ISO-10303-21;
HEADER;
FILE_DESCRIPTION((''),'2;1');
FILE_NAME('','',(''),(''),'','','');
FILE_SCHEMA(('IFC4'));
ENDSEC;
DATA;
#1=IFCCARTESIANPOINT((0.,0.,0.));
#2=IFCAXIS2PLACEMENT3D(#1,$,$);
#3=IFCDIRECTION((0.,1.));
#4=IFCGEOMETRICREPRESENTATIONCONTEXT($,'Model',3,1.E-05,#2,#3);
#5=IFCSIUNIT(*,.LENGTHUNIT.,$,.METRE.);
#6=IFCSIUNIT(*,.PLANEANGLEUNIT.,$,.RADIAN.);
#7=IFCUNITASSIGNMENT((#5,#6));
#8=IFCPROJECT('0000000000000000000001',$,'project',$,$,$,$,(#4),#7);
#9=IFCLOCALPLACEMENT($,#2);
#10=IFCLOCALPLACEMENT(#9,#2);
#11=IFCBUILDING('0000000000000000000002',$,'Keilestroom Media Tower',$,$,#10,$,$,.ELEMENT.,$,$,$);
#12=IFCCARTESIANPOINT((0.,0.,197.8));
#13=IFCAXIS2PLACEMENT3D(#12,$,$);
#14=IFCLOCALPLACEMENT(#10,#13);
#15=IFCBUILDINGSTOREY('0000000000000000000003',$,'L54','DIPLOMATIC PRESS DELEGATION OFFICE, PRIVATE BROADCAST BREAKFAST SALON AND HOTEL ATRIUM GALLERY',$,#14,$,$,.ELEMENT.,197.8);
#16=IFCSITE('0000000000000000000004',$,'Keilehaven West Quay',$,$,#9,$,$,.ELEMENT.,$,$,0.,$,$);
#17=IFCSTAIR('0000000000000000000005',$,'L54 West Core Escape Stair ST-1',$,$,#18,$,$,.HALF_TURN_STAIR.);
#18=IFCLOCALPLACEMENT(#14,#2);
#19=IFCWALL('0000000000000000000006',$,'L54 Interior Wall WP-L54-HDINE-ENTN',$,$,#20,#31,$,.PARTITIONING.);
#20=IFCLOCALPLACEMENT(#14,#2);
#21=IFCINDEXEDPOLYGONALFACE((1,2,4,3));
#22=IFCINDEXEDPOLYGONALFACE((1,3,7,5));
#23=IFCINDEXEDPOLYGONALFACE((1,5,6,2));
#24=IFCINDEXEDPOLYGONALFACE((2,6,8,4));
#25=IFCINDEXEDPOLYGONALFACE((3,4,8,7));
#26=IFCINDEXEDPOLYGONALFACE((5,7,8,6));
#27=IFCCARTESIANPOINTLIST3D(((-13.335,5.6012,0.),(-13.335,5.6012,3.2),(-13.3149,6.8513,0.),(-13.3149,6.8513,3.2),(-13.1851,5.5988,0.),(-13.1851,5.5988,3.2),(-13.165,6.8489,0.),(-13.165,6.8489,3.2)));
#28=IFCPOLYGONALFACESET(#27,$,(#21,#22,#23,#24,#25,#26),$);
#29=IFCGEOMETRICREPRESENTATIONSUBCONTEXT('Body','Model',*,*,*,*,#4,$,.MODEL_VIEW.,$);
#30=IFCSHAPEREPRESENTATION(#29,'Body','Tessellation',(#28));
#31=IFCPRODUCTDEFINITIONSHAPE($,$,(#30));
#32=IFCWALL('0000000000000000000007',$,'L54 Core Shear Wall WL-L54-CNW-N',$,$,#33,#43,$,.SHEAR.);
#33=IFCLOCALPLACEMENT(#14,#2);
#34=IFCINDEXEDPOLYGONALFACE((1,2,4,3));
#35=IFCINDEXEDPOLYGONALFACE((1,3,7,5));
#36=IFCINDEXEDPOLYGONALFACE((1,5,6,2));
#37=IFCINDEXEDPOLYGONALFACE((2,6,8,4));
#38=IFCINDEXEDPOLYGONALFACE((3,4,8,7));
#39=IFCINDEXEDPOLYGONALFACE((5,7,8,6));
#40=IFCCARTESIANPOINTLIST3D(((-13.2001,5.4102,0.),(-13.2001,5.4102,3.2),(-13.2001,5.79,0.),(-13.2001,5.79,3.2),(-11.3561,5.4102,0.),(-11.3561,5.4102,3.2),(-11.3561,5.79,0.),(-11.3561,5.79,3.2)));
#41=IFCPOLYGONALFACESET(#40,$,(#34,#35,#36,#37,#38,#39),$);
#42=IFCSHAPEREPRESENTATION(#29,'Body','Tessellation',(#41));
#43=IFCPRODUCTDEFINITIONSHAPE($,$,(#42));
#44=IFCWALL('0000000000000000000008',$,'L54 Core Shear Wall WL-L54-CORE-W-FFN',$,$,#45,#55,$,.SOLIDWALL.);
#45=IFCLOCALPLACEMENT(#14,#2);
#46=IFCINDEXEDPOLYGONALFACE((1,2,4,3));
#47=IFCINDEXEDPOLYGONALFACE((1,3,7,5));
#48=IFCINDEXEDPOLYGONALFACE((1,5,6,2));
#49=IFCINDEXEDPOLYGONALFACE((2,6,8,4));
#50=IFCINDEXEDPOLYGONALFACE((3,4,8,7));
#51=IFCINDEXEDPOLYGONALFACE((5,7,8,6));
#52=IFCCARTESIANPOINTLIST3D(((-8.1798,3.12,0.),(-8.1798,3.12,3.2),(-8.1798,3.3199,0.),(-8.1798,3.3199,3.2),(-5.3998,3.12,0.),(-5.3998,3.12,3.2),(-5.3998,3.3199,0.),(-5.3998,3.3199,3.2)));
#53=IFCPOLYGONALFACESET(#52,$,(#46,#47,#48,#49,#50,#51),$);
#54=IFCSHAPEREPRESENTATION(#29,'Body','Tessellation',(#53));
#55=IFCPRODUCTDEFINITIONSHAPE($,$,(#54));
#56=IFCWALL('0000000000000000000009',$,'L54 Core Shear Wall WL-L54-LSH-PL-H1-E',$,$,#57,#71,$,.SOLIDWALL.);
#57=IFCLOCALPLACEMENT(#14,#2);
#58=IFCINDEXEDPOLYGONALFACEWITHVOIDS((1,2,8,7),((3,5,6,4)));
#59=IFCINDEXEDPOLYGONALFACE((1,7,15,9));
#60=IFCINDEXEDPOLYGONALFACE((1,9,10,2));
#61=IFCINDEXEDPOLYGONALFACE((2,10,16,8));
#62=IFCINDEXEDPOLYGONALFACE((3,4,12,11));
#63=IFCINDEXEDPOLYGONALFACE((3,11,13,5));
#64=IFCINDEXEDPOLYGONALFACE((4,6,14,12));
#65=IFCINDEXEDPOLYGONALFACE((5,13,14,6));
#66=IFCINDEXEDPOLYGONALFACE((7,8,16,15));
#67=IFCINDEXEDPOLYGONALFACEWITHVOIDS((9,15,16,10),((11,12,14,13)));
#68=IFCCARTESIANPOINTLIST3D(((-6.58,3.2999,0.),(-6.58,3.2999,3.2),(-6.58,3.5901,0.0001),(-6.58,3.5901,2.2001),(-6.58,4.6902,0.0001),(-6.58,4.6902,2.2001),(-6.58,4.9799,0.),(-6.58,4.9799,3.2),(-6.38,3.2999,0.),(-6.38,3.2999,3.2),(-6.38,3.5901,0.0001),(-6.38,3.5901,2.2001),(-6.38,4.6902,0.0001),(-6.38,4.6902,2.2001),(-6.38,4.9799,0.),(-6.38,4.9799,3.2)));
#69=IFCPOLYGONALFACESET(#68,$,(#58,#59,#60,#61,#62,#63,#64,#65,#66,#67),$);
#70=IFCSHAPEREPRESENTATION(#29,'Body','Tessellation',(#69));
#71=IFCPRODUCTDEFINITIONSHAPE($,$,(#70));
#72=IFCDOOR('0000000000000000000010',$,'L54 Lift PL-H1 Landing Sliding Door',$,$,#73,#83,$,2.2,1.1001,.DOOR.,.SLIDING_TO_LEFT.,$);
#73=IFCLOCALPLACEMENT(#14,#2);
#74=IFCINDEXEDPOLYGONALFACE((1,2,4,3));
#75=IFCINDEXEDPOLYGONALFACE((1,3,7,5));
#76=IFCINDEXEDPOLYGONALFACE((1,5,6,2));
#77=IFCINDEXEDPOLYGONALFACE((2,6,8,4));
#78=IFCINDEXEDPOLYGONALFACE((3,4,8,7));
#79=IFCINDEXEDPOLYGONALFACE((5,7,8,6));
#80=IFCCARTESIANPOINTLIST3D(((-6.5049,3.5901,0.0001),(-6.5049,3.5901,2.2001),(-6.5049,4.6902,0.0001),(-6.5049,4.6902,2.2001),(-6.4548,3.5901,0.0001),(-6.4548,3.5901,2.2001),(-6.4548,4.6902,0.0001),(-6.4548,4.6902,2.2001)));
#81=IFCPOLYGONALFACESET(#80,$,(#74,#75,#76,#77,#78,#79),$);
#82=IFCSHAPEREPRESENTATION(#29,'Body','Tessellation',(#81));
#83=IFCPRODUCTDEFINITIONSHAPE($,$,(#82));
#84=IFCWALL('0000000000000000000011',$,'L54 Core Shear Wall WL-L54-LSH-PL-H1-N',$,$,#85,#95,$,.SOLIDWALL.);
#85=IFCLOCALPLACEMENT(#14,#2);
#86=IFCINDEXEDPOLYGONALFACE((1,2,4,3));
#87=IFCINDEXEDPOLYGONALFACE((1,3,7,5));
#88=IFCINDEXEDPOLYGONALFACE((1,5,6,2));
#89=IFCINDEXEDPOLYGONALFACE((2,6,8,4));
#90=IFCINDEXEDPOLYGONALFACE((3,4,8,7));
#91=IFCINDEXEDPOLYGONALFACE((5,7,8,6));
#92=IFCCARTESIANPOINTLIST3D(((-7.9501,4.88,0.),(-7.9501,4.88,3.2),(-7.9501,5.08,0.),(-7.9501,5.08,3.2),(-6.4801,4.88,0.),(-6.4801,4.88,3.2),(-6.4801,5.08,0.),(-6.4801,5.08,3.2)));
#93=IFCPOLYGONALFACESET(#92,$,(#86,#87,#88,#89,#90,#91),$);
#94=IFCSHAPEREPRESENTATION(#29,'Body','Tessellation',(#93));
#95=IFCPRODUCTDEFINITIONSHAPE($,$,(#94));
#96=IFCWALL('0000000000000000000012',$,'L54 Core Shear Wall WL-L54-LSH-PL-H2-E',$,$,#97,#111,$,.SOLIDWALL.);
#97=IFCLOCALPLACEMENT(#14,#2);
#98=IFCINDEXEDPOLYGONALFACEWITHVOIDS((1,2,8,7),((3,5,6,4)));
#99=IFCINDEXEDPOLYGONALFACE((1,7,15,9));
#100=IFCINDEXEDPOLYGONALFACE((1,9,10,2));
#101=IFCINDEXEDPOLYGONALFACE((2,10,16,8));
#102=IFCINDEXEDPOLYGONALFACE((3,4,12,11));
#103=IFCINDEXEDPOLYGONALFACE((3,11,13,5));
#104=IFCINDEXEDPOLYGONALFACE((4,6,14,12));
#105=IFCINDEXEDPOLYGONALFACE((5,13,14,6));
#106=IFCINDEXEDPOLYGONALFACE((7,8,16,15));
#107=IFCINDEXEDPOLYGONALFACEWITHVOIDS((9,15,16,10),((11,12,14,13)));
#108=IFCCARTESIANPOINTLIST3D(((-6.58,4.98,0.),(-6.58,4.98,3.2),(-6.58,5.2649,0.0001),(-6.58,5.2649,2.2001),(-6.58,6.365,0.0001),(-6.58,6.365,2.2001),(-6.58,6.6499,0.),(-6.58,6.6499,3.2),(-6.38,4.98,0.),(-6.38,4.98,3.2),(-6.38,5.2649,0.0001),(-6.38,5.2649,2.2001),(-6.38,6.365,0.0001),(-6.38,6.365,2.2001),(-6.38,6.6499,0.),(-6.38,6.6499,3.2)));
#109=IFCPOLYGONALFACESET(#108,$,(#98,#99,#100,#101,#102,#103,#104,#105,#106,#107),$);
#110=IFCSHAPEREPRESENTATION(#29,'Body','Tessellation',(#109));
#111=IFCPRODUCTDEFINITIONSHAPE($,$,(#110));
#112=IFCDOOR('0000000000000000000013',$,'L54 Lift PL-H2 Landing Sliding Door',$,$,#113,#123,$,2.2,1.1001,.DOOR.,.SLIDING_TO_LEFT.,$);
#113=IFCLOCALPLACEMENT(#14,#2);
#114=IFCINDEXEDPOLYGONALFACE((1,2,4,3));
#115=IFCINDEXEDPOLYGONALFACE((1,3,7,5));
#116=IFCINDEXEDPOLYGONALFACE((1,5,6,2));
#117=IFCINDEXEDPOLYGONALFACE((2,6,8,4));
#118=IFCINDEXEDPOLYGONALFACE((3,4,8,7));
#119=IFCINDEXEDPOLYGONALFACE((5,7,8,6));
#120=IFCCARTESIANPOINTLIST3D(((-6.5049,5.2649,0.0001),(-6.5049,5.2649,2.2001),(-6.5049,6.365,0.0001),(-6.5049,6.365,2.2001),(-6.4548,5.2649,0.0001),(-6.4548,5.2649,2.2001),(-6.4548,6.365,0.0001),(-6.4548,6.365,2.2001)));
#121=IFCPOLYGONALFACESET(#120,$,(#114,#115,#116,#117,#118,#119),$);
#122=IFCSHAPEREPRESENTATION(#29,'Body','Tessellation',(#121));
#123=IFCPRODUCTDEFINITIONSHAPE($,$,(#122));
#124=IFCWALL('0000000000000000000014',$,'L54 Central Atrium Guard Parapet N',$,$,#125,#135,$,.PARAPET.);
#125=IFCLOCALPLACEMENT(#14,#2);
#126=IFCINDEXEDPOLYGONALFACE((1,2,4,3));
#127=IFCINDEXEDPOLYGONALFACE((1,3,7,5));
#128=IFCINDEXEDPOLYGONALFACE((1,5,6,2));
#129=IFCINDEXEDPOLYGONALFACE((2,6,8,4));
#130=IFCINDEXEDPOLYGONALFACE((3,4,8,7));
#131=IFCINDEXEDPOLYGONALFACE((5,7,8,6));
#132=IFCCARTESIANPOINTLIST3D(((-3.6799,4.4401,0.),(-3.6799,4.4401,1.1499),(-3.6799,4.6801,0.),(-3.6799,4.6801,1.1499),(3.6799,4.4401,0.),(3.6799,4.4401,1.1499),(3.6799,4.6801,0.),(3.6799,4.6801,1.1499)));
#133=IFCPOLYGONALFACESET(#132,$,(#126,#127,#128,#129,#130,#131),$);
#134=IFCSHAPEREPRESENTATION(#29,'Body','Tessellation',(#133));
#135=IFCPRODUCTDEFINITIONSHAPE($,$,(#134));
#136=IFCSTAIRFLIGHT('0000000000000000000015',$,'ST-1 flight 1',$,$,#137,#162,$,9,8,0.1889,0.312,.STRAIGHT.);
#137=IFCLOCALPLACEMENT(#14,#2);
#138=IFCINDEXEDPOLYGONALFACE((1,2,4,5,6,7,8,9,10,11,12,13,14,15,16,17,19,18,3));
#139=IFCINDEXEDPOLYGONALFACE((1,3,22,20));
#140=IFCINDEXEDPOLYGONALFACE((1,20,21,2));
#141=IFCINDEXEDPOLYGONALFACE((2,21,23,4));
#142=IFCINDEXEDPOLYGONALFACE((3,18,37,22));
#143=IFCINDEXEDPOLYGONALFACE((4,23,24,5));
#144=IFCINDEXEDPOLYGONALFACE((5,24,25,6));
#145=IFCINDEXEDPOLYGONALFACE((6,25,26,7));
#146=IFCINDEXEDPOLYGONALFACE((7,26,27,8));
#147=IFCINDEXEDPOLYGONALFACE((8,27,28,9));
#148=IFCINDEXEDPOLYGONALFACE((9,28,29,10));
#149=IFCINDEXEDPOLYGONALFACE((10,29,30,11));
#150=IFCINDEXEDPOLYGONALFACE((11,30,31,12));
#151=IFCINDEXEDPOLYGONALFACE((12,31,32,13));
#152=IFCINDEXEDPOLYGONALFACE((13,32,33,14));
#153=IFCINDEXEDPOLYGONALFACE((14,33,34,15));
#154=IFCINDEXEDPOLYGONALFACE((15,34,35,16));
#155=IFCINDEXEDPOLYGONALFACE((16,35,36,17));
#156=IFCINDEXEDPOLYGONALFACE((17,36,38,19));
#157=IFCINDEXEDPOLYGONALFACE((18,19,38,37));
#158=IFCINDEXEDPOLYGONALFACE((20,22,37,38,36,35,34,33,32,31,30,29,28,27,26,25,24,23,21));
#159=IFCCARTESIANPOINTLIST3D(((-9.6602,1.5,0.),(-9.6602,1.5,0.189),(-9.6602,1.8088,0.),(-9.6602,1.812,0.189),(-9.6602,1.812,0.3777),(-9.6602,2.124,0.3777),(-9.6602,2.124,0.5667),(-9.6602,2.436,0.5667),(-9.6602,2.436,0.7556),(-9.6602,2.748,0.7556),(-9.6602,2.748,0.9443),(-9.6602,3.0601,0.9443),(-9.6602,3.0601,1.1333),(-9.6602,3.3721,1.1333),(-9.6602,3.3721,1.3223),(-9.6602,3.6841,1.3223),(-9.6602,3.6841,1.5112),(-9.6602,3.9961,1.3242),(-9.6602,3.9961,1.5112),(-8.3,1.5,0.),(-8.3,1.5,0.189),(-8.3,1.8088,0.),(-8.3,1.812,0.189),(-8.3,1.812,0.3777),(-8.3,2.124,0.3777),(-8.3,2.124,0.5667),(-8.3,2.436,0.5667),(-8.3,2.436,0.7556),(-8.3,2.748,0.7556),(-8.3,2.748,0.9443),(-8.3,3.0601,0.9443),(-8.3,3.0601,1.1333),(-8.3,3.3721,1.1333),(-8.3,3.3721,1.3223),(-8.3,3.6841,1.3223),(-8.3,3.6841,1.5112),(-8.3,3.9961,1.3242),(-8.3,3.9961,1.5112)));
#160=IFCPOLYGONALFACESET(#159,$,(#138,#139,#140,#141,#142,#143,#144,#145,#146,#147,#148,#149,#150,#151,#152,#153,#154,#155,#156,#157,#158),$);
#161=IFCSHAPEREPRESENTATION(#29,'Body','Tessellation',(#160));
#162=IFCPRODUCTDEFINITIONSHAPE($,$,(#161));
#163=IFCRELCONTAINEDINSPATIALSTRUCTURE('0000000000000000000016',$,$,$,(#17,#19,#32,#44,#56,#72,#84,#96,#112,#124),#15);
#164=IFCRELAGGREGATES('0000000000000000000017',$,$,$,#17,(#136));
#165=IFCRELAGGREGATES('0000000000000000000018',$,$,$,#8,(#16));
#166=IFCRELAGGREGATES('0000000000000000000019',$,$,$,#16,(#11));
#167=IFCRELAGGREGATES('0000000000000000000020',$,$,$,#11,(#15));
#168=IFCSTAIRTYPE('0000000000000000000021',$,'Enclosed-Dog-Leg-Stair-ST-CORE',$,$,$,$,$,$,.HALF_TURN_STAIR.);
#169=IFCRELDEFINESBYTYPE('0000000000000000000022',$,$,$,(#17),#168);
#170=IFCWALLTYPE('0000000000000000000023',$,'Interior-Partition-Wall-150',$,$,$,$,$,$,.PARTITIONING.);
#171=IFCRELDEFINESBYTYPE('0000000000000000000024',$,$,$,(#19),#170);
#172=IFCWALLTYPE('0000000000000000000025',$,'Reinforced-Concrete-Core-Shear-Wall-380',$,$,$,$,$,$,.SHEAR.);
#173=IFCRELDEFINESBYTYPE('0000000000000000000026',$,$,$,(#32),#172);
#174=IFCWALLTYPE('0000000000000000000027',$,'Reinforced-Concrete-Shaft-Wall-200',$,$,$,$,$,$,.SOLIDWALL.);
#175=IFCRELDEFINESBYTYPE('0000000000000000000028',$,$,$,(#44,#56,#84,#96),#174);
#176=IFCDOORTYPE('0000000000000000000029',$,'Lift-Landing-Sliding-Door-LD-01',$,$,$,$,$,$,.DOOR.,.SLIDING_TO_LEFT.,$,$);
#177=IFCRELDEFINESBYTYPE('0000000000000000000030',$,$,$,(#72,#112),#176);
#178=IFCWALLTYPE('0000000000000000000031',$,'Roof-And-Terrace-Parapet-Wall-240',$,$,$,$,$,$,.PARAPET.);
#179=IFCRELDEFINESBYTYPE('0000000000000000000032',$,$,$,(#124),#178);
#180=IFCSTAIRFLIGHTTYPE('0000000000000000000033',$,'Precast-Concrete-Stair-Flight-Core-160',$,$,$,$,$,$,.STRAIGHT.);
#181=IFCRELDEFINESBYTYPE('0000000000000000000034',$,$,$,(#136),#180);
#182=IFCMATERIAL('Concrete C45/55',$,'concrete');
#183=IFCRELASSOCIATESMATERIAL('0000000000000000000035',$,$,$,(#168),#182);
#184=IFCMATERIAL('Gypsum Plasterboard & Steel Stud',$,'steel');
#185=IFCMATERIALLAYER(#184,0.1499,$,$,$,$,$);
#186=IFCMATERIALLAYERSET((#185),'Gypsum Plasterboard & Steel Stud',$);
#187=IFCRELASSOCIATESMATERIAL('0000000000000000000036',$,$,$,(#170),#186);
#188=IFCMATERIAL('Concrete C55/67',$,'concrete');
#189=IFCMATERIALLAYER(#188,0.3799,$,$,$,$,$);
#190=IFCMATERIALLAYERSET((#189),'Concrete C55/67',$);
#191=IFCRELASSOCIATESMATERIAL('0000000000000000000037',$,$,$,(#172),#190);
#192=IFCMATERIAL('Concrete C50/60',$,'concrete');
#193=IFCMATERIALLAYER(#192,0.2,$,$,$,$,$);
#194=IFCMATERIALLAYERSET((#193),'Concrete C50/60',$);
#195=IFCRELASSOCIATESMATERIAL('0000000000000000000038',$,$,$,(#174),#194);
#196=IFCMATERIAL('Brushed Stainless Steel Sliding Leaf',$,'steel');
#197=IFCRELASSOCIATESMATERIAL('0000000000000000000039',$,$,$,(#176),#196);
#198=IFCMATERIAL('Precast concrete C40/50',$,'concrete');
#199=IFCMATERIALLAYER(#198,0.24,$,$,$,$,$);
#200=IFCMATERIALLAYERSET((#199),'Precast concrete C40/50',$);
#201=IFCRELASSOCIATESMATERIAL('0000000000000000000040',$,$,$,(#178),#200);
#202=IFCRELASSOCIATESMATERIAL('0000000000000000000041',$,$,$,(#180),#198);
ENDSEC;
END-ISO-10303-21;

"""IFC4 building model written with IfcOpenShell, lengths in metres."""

from ifc_helpers import new_model, si_unit, direction, frame, frame_2d, origin, place, context, subcontext, project, spatial, polyline, rectangle, outline, extrude, source, transform, mapped, material, layer, layer_set, type_object, element, fill, aggregate, save


model = new_model("IFC4")

# Units and contexts
model_context = context("Model", 3, precision=1e-05, world=origin(), true_north=direction((0.0, 1.0)))
body_context = subcontext(model_context, "Body", "Model", "MODEL_VIEW")
ifc_project = project(units=[si_unit("LENGTHUNIT", "METRE"), si_unit("PLANEANGLEUNIT", "RADIAN")], contexts=[model_context])

# Site, building, storey
site_placement = place(None, origin())
site = spatial("IfcSite", under=ifc_project, at=site_placement, Name="Keilehaven West Quay", CompositionType="ELEMENT", RefElevation=0.0)
building_placement = place(site_placement, origin())
building = spatial("IfcBuilding", under=site, at=building_placement, Name="Keilestroom Media Tower", CompositionType="ELEMENT")
storey_placement = place(building_placement, frame((0.0, 0.0, 197.8)))
storey = spatial("IfcBuildingStorey", under=building, at=storey_placement, Name="L54", Description="DIPLOMATIC PRESS DELEGATION OFFICE, PRIVATE BROADCAST BREAKFAST SALON AND HOTEL ATRIUM GALLERY", CompositionType="ELEMENT", Elevation=197.8)

# Shared definitions
ifc_material_1 = material(Name="Concrete C50/60", Category="concrete")

# Stair
ifc_material_2 = material(Name="Concrete C45/55", Category="concrete")
stair_type = type_object("IfcStairType", Name="Enclosed-Dog-Leg-Stair-ST-CORE", PredefinedType="HALF_TURN_STAIR", material=ifc_material_2)
stair_1_placement = place(storey_placement, origin())
stair_1 = element("IfcStair", 1, at=stair_1_placement, inside=storey, type_object=stair_type, Name="L54 West Core Escape Stair ST-1", PredefinedType="HALF_TURN_STAIR")

# Walls
ifc_material_3 = material(Name="Gypsum Plasterboard & Steel Stud", Category="steel")
ifc_layer_1 = layer(ifc_material_3, 0.1499)
ifc_layer_set_1 = layer_set([ifc_layer_1], Name="Gypsum Plasterboard & Steel Stud")
wall_type_1 = type_object("IfcWallType", Name="Interior-Partition-Wall-150", PredefinedType="PARTITIONING", material=ifc_layer_set_1)
wall_1_placement = place(storey_placement, frame((-13.26, 5.6001, 0.0), z_axis=(0.0, 0.0, 1.0), x_axis=(0.016014, 0.999872, 0.0)))
element("IfcWall", 2, at=wall_1_placement, inside=storey, type_object=wall_type_1, Name="L54 Interior Wall WP-L54-HDINE-ENTN", PredefinedType="PARTITIONING", context=body_context, shape_type="SweptSolid", body=[
    extrude(rectangle(XDim=1.2502, YDim=0.1499, at=frame_2d((0.625, 0.0))), origin(), (0.0, 0.0, 1.0), 3.2),
])
ifc_material_4 = material(Name="Concrete C55/67", Category="concrete")
ifc_layer_2 = layer(ifc_material_4, 0.3799)
ifc_layer_set_2 = layer_set([ifc_layer_2], Name="Concrete C55/67")
wall_type_2 = type_object("IfcWallType", Name="Reinforced-Concrete-Core-Shear-Wall-380", PredefinedType="SHEAR", material=ifc_layer_set_2)
wall_2_placement = place(storey_placement, frame((-13.2, 5.6001, 0.0), z_axis=(0.0, 0.0, 1.0), x_axis=(1.0, 0.0, 0.0)))
element("IfcWall", 3, at=wall_2_placement, inside=storey, type_object=wall_type_2, Name="L54 Core Shear Wall WL-L54-CNW-N", PredefinedType="SHEAR", context=body_context, shape_type="SweptSolid", body=[
    extrude(rectangle(XDim=1.844, YDim=0.3799, at=frame_2d((0.9219, 0.0))), origin(), (0.0, 0.0, 1.0), 3.2),
])
ifc_layer_3 = layer(ifc_material_1, 0.2)
ifc_layer_set_3 = layer_set([ifc_layer_3], Name="Concrete C50/60")
wall_type_3 = type_object("IfcWallType", Name="Reinforced-Concrete-Shaft-Wall-200", PredefinedType="SOLIDWALL", material=ifc_layer_set_3)
wall_3_placement = place(storey_placement, frame((-8.1799, 3.22, 0.0), z_axis=(0.0, 0.0, 1.0), x_axis=(1.0, 0.0, 0.0)))
element("IfcWall", 4, at=wall_3_placement, inside=storey, type_object=wall_type_3, Name="L54 Core Shear Wall WL-L54-CORE-W-FFN", PredefinedType="SOLIDWALL", context=body_context, shape_type="SweptSolid", body=[
    extrude(rectangle(XDim=2.78, YDim=0.2, at=frame_2d((1.3901, 0.0))), origin(), (0.0, 0.0, 1.0), 3.2),
])

# Wall, opening, door
wall_4_placement = place(storey_placement, frame((-6.48, 3.3, 0.0), z_axis=(0.0, 0.0, 1.0), x_axis=(0.0, 1.0, 0.0)))
wall_4 = element("IfcWall", 5, at=wall_4_placement, inside=storey, type_object=wall_type_3, Name="L54 Core Shear Wall WL-L54-LSH-PL-H1-E", PredefinedType="SOLIDWALL", context=body_context, shape_type="SweptSolid", body=[
    extrude(rectangle(XDim=1.6799, YDim=0.2, at=frame_2d((0.8398, 0.0))), origin(), (0.0, 0.0, 1.0), 3.2),
])
opening_1_placement = place(wall_4_placement, frame((0.29, 0.0, 0.0)))
opening_1 = element("IfcOpeningElement", 6, at=opening_1_placement, cuts=wall_4, PredefinedType="OPENING", context=body_context, shape_type="SweptSolid", body=[
    extrude(rectangle(XDim=1.1001, YDim=2.2, at=frame_2d((0.55, 1.1001))), frame((0.0, 0.1099, 0.0), z_axis=(0.0, -1.0, 0.0), x_axis=(1.0, 0.0, 0.0)), (0.0, 0.0, 1.0), 0.22),
])
ifc_material_5 = material(Name="Brushed Stainless Steel Sliding Leaf", Category="steel")
door_type = type_object("IfcDoorType", Name="Lift-Landing-Sliding-Door-LD-01", OperationType="SLIDING_TO_LEFT", PredefinedType="DOOR", material=ifc_material_5)
shared_shape_1 = source(origin(), body_context, "Body", "SweptSolid", [
    extrude(rectangle(XDim=1.1001, YDim=2.2, at=frame_2d((0.55, 1.1001))), frame((0.0, 0.0249, 0.0), z_axis=(0.0, -1.0, 0.0), x_axis=(1.0, 0.0, 0.0)), (0.0, 0.0, 1.0), 0.05),
])
door_1_placement = place(opening_1_placement, origin())
door_1 = element("IfcDoor", 7, at=door_1_placement, inside=storey, type_object=door_type, Name="L54 Lift PL-H1 Landing Sliding Door", OperationType="SLIDING_TO_LEFT", OverallHeight=2.2, OverallWidth=1.1001, PredefinedType="DOOR", context=body_context, shape_type="MappedRepresentation", body=[
    mapped(shared_shape_1, transform((0.0, 0.0, 0.0), x_axis=(1.0, 0.0, 0.0), y_axis=(0.0, 1.0, 0.0), z_axis=(0.0, 0.0, 1.0), scale=1.0)),
])
fill(opening_1, door_1)

# Wall
wall_5_placement = place(storey_placement, frame((-7.95, 4.98, 0.0), z_axis=(0.0, 0.0, 1.0), x_axis=(1.0, 0.0, 0.0)))
element("IfcWall", 8, at=wall_5_placement, inside=storey, type_object=wall_type_3, Name="L54 Core Shear Wall WL-L54-LSH-PL-H1-N", PredefinedType="SOLIDWALL", context=body_context, shape_type="SweptSolid", body=[
    extrude(rectangle(XDim=1.47, YDim=0.2, at=frame_2d((0.7349, 0.0))), origin(), (0.0, 0.0, 1.0), 3.2),
])

# Wall, opening, door
wall_6_placement = place(storey_placement, frame((-6.48, 4.98, 0.0), z_axis=(0.0, 0.0, 1.0), x_axis=(0.0, 1.0, 0.0)))
wall_6 = element("IfcWall", 9, at=wall_6_placement, inside=storey, type_object=wall_type_3, Name="L54 Core Shear Wall WL-L54-LSH-PL-H2-E", PredefinedType="SOLIDWALL", context=body_context, shape_type="SweptSolid", body=[
    extrude(rectangle(XDim=1.6699, YDim=0.2, at=frame_2d((0.835, 0.0))), origin(), (0.0, 0.0, 1.0), 3.2),
])
opening_2_placement = place(wall_6_placement, frame((0.2849, 0.0, 0.0)))
opening_2 = element("IfcOpeningElement", 10, at=opening_2_placement, cuts=wall_6, PredefinedType="OPENING", context=body_context, shape_type="SweptSolid", body=[
    extrude(rectangle(XDim=1.1001, YDim=2.2, at=frame_2d((0.55, 1.1001))), frame((0.0, 0.1099, 0.0), z_axis=(0.0, -1.0, 0.0), x_axis=(1.0, 0.0, 0.0)), (0.0, 0.0, 1.0), 0.22),
])
door_2_placement = place(opening_2_placement, origin())
door_2 = element("IfcDoor", 11, at=door_2_placement, inside=storey, type_object=door_type, Name="L54 Lift PL-H2 Landing Sliding Door", OperationType="SLIDING_TO_LEFT", OverallHeight=2.2, OverallWidth=1.1001, PredefinedType="DOOR", context=body_context, shape_type="MappedRepresentation", body=[
    mapped(shared_shape_1, transform((0.0, 0.0, 0.0), x_axis=(1.0, 0.0, 0.0), y_axis=(0.0, 1.0, 0.0), z_axis=(0.0, 0.0, 1.0), scale=1.0)),
])
fill(opening_2, door_2)

# Wall
ifc_material_6 = material(Name="Precast concrete C40/50", Category="concrete")
ifc_layer_4 = layer(ifc_material_6, 0.24)
ifc_layer_set_4 = layer_set([ifc_layer_4], Name="Precast concrete C40/50")
wall_type_4 = type_object("IfcWallType", Name="Roof-And-Terrace-Parapet-Wall-240", PredefinedType="PARAPET", material=ifc_layer_set_4)
wall_7_placement = place(storey_placement, frame((-3.6799, 4.5601, 0.0), z_axis=(0.0, 0.0, 1.0), x_axis=(1.0, 0.0, 0.0)))
element("IfcWall", 12, at=wall_7_placement, inside=storey, type_object=wall_type_4, Name="L54 Central Atrium Guard Parapet N", PredefinedType="PARAPET", context=body_context, shape_type="SweptSolid", body=[
    extrude(rectangle(XDim=7.3599, YDim=0.24, at=frame_2d((3.6799, 0.0))), origin(), (0.0, 0.0, 1.0), 1.1499),
])

# Stair flight
stair_flight_type = type_object("IfcStairFlightType", Name="Precast-Concrete-Stair-Flight-Core-160", PredefinedType="STRAIGHT", material=ifc_material_6)
stair_flight_1_placement = place(storey_placement, frame((-8.98, 1.5, 0.0), z_axis=(0.0, 0.0, 1.0), x_axis=(0.0, 1.0, 0.0)))
stair_flight_1 = element("IfcStairFlight", 13, at=stair_flight_1_placement, type_object=stair_flight_type, Name="ST-1 flight 1", NumberOfRisers=9, NumberOfTreads=8, PredefinedType="STRAIGHT", RiserHeight=0.1889, TreadLength=0.312, context=body_context, shape_type="SweptSolid", body=[
    extrude(outline(polyline([(0.0, 0.0), (0.0, 0.189), (0.312, 0.189), (0.312, 0.3777), (0.624, 0.3777), (0.624, 0.5667), (0.936, 0.5667), (0.936, 0.7556), (1.248, 0.7556), (1.248, 0.9443), (1.5601, 0.9443), (1.5601, 1.1333), (1.8721, 1.1333), (1.8721, 1.3223), (2.1841, 1.3223), (2.1841, 1.5112), (2.4961, 1.5112), (2.4961, 1.7), (2.4961, 1.3242), (0.3088, 0.0), (0.0, 0.0)])), frame((0.0, 0.6802, 0.0), z_axis=(0.0, -1.0, 0.0), x_axis=(1.0, 0.0, 0.0)), (0.0, 0.0, 1.0), 1.3601),
])
aggregate(stair_1, [stair_flight_1])

save(model, "model.ifc")
